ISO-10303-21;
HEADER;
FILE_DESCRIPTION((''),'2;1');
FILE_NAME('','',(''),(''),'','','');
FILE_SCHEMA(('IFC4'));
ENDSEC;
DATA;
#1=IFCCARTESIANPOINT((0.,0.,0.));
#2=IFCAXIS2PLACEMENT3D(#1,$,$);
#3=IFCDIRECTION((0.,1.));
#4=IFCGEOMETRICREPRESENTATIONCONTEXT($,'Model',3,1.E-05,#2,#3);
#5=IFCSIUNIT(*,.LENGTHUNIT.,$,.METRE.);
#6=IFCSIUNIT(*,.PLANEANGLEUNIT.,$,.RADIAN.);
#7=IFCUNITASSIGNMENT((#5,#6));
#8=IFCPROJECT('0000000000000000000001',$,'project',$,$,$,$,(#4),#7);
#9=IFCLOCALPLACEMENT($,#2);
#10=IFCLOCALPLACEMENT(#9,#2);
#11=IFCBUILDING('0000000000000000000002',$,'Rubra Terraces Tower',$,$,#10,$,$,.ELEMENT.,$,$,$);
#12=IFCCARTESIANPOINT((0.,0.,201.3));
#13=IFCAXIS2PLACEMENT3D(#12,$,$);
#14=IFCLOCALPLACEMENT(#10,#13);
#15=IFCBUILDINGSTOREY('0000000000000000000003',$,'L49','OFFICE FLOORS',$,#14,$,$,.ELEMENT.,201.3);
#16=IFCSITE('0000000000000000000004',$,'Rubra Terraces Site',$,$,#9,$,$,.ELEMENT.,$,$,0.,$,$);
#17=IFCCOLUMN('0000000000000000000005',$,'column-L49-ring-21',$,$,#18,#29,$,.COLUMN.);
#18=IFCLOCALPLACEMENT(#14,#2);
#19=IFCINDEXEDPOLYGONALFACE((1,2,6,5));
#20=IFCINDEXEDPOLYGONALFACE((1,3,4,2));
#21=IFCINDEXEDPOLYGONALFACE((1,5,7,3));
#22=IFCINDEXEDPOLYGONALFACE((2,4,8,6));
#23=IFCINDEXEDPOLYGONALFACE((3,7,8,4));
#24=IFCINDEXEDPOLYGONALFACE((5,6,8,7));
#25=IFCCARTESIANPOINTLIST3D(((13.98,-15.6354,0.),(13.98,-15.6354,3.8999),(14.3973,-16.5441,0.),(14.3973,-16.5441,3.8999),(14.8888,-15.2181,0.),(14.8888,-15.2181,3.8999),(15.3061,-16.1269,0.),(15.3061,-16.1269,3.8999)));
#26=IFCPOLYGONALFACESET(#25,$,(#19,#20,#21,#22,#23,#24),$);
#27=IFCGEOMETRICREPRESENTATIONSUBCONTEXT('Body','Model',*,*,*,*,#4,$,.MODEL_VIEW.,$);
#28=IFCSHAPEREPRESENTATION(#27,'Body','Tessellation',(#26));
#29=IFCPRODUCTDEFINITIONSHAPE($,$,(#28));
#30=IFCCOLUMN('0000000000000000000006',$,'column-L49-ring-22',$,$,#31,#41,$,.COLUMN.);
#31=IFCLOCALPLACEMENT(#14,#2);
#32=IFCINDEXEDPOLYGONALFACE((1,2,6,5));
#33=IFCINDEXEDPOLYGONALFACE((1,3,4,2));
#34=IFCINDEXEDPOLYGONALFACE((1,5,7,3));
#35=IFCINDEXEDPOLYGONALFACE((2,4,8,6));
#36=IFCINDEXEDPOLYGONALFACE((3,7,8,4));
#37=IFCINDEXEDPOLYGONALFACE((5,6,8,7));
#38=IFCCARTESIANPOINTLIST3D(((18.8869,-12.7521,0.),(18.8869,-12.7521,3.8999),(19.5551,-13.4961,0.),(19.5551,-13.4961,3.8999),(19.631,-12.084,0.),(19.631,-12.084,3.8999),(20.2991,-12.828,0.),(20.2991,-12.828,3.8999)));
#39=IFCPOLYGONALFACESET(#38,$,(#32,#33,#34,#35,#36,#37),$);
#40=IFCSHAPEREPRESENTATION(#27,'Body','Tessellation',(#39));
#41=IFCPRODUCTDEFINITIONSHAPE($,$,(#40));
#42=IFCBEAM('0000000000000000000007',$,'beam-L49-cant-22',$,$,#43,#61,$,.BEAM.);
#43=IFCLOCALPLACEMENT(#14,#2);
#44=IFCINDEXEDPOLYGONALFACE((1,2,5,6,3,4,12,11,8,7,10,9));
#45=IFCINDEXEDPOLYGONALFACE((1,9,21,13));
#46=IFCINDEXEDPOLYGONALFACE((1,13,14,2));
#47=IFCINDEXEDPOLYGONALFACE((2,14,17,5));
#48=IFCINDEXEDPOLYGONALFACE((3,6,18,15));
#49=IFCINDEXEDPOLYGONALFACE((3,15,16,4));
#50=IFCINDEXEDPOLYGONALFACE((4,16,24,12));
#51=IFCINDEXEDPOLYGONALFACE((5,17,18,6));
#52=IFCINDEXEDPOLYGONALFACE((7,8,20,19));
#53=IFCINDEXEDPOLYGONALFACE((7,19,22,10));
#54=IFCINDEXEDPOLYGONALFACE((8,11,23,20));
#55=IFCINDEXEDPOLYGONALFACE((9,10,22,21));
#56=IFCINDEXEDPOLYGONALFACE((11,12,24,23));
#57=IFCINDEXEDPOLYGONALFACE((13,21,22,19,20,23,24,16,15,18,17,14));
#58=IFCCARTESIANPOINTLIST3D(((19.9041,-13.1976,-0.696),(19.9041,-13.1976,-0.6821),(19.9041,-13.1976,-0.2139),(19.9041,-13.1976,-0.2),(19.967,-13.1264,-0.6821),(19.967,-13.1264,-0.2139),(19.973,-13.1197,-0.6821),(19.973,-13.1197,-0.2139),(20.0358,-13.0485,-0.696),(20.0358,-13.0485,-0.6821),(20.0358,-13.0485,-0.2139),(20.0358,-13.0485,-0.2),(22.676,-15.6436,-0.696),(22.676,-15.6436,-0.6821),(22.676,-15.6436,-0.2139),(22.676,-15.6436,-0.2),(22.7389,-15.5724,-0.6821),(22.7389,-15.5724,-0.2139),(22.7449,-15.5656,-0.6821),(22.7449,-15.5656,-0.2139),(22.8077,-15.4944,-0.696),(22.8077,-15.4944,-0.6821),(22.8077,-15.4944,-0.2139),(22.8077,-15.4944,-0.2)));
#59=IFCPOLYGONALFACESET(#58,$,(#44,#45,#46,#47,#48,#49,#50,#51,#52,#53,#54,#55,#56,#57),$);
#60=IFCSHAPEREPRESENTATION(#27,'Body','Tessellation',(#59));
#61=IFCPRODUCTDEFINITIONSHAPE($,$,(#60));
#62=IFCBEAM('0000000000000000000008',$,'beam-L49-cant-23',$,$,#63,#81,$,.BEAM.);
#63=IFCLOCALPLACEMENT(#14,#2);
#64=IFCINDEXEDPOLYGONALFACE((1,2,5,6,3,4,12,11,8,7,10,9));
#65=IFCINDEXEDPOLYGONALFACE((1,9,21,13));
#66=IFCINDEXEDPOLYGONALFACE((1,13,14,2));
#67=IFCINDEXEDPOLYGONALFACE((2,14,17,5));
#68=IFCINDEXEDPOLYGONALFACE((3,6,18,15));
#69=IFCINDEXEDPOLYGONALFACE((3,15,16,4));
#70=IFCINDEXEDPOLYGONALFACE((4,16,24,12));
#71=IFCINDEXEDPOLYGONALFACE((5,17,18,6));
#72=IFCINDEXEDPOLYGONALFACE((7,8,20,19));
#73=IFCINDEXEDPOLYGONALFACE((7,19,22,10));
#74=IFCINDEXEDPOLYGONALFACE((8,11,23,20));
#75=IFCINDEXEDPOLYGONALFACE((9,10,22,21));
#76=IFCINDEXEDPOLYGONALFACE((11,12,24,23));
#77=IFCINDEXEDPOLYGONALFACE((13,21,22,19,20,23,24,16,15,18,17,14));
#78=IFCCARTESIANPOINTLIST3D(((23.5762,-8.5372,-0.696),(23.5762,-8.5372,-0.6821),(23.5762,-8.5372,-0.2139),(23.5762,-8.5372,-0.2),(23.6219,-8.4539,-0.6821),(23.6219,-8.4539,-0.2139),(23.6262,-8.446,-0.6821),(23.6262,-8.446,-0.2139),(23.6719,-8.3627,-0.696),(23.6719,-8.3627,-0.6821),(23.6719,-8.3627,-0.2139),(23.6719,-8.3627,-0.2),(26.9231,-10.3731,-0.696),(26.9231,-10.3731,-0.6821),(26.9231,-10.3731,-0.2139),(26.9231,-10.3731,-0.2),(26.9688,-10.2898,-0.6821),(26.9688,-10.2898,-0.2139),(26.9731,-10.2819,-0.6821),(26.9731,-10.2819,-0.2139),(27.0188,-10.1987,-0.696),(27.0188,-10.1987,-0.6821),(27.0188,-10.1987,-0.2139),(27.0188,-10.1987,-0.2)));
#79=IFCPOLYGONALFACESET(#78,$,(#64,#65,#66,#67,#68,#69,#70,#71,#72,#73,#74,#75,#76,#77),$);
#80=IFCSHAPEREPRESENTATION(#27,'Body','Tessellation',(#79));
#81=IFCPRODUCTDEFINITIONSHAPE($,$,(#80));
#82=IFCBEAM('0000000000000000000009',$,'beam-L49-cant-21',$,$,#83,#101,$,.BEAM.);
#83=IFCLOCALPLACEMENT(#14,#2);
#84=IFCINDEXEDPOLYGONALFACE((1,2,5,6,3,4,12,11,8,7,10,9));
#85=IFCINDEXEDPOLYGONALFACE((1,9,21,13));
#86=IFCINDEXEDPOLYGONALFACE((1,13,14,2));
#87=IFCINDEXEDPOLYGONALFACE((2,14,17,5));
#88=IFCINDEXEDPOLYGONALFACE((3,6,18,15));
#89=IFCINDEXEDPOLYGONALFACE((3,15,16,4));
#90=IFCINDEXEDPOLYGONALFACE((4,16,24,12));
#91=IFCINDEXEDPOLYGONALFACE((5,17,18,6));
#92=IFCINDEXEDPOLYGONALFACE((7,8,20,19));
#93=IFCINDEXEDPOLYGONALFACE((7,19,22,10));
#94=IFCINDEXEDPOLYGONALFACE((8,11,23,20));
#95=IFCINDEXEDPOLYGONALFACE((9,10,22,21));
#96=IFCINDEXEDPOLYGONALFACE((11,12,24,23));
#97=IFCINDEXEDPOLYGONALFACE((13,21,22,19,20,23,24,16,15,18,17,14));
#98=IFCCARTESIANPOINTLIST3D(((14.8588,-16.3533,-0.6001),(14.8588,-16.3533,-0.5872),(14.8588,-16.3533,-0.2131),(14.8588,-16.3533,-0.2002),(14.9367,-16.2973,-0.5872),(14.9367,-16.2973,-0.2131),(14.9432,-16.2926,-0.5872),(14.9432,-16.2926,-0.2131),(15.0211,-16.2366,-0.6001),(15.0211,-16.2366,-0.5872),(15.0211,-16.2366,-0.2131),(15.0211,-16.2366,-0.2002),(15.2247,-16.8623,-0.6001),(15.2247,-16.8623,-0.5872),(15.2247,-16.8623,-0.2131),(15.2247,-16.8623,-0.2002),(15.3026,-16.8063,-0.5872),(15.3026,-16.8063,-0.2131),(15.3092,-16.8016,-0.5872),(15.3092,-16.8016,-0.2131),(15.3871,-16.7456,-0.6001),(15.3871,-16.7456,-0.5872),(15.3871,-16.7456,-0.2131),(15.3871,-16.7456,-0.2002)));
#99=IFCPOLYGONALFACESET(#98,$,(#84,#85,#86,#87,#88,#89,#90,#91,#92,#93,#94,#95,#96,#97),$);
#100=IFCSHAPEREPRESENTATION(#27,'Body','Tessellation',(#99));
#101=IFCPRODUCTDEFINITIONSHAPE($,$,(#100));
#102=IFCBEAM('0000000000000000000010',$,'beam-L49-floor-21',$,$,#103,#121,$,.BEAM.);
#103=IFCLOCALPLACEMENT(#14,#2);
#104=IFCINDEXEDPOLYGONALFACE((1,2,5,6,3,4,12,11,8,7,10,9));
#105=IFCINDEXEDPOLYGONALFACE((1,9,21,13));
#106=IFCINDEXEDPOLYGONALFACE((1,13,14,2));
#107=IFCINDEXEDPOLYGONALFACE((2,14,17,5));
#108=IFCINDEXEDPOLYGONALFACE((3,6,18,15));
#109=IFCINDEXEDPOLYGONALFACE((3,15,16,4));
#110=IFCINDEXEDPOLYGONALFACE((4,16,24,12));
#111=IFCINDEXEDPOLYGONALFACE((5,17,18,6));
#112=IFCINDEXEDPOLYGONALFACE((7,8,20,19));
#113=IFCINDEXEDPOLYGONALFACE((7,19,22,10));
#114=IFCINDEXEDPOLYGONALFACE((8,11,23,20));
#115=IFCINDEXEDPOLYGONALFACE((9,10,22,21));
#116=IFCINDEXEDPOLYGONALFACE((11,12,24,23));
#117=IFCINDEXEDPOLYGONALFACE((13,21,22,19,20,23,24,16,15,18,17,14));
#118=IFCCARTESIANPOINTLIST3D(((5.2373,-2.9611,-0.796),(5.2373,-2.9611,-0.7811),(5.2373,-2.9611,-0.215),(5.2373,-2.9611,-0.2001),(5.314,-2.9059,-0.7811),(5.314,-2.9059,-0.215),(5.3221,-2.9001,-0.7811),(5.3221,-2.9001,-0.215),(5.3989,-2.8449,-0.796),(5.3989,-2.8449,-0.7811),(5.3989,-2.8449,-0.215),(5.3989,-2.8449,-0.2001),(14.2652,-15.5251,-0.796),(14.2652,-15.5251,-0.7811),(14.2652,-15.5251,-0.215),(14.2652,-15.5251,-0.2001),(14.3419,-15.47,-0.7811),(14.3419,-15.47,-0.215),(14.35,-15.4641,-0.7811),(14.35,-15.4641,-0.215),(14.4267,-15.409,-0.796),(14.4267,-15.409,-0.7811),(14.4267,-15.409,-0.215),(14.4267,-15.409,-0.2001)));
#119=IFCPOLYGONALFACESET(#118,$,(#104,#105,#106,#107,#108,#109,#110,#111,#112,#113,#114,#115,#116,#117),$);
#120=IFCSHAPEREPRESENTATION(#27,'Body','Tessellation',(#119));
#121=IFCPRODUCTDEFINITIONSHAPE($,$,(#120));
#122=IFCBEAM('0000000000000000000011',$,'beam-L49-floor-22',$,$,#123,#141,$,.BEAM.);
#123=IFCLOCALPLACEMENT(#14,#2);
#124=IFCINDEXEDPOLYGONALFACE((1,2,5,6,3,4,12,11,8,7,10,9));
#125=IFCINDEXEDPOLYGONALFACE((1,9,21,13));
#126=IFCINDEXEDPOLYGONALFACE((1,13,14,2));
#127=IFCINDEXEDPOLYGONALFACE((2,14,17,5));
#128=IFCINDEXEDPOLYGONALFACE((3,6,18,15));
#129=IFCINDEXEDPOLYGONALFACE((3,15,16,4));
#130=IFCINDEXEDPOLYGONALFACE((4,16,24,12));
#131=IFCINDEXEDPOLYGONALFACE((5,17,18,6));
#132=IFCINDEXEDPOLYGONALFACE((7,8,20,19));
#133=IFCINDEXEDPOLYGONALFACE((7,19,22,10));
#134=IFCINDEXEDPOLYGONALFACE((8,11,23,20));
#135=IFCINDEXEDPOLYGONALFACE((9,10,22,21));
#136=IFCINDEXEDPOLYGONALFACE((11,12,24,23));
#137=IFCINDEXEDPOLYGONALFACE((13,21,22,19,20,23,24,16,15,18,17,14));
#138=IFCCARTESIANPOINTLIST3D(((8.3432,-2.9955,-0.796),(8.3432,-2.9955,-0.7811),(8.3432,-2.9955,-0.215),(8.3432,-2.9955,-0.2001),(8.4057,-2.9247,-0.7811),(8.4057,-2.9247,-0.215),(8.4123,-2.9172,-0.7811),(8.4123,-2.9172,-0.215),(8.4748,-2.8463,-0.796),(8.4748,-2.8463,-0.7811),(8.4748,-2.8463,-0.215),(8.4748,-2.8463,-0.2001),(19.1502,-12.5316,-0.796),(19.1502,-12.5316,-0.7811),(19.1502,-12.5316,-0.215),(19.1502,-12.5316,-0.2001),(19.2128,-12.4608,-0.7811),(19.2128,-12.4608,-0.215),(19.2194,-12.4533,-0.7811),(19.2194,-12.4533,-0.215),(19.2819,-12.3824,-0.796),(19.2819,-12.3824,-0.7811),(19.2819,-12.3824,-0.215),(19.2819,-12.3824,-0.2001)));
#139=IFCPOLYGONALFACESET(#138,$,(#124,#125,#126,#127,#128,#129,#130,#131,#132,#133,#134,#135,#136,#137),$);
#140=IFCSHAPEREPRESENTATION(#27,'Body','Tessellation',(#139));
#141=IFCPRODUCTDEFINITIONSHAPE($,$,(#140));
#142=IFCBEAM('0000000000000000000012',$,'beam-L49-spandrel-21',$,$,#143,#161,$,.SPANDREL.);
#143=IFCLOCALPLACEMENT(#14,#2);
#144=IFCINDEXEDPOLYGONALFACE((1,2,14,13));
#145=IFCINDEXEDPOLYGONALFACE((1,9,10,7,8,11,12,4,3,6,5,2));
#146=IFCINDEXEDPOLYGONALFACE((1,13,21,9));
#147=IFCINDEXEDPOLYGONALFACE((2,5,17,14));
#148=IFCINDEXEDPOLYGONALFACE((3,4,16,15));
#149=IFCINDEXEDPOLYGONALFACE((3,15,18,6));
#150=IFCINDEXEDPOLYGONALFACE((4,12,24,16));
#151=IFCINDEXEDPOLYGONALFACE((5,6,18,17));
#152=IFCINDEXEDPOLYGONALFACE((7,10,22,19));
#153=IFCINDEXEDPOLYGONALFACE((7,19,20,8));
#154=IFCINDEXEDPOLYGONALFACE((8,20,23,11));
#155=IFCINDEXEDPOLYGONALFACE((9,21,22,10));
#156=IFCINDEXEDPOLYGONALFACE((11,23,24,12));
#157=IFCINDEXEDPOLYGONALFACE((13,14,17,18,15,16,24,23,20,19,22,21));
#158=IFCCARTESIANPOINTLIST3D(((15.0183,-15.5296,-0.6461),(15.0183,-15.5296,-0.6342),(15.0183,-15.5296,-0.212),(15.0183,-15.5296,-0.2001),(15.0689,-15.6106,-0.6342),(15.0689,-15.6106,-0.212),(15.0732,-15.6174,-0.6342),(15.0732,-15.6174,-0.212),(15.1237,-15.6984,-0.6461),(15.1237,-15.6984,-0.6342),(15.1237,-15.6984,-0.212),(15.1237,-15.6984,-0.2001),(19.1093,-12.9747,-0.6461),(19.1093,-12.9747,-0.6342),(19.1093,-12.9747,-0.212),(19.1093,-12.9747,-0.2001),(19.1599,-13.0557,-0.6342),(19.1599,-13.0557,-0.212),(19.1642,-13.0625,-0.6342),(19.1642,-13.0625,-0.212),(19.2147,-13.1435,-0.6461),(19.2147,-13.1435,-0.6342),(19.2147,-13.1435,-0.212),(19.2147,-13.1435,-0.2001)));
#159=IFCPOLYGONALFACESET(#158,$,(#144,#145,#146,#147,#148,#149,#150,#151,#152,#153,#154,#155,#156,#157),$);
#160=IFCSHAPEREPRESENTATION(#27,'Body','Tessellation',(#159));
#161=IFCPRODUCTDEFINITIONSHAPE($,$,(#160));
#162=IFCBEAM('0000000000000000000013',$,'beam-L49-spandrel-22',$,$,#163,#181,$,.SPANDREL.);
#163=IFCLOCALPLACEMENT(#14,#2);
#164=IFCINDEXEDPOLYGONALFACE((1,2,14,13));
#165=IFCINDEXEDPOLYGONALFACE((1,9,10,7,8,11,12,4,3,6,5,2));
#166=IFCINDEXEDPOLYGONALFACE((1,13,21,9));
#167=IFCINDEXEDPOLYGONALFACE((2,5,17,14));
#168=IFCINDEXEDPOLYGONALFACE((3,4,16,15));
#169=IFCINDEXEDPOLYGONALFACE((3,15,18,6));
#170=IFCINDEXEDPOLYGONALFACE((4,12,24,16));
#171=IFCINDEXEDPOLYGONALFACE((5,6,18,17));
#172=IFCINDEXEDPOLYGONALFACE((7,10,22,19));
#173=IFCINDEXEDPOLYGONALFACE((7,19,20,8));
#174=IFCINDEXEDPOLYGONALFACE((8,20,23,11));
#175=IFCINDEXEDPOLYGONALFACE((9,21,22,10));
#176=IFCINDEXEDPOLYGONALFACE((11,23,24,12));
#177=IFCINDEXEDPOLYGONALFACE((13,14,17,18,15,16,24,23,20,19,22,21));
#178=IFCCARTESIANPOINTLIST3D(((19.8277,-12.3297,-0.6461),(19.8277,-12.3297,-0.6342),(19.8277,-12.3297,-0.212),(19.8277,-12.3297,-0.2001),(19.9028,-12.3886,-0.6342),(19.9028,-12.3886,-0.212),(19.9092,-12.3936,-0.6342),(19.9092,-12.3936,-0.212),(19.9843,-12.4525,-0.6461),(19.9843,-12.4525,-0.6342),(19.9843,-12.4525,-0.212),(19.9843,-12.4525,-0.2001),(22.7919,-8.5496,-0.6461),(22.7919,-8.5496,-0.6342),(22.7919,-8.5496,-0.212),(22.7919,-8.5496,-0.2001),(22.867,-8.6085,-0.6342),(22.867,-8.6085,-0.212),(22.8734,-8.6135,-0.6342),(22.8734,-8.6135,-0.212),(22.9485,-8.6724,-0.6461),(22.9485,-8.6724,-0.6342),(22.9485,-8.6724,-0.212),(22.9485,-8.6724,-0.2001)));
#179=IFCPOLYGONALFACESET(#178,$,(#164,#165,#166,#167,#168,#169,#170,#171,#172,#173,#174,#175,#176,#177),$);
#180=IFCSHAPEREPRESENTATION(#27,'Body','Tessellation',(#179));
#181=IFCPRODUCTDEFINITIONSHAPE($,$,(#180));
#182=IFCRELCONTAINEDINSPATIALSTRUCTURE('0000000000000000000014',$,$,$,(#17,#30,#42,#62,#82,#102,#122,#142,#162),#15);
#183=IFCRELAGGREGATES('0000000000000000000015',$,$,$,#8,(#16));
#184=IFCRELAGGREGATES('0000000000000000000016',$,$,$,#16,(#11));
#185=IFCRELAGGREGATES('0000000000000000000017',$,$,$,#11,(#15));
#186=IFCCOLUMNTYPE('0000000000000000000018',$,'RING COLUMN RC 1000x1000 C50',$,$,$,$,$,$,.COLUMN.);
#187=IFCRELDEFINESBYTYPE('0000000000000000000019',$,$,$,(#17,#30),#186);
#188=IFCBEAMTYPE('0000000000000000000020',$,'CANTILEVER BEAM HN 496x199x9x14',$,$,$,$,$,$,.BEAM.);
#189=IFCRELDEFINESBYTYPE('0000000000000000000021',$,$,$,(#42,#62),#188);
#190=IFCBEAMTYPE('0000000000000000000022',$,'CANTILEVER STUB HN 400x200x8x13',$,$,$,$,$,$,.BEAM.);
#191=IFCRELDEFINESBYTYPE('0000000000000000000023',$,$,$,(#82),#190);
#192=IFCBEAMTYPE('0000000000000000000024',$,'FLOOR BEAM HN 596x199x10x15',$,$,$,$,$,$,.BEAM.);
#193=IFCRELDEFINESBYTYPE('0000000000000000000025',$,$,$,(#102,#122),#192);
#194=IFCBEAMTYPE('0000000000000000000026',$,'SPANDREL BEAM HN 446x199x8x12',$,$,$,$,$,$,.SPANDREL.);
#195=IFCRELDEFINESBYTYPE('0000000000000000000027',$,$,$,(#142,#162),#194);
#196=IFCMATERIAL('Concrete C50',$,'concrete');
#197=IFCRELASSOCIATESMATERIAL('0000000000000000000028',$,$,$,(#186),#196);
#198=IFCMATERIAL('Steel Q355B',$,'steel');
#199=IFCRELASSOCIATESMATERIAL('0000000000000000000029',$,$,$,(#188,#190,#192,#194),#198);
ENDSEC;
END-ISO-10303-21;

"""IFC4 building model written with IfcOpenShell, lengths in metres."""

from ifc_helpers import new_model, si_unit, direction, frame, origin, origin_2d, place, context, subcontext, project, spatial, rectangle, i_section, extrude, material, material_profile, profile_set, type_object, element, save


model = new_model("IFC4")

# Units and contexts
model_context = context("Model", 3, precision=1e-05, world=origin(), true_north=direction((0.0, 1.0)))
body_context = subcontext(model_context, "Body", "Model", "MODEL_VIEW")
ifc_project = project(units=[si_unit("LENGTHUNIT", "METRE"), si_unit("PLANEANGLEUNIT", "RADIAN")], contexts=[model_context])

# Site, building, storey
site_placement = place(None, origin())
site = spatial("IfcSite", under=ifc_project, at=site_placement, Name="Rubra Terraces Site", CompositionType="ELEMENT", RefElevation=0.0)
building_placement = place(site_placement, origin())
building = spatial("IfcBuilding", under=site, at=building_placement, Name="Rubra Terraces Tower", CompositionType="ELEMENT")
storey_placement = place(building_placement, frame((0.0, 0.0, 201.3)))
storey = spatial("IfcBuildingStorey", under=building, at=storey_placement, Name="L49", Description="OFFICE FLOORS", CompositionType="ELEMENT", Elevation=201.3)

# Columns
ifc_material_1 = material(Name="Concrete C50", Category="concrete")
ifc_material_profile_1 = material_profile(ifc_material_1, rectangle(XDim=1.0, YDim=1.0, at=origin_2d()), Name="RC 1000x1000")
ifc_profile_set_1 = profile_set([ifc_material_profile_1], Name="Concrete C50")
column_type = type_object("IfcColumnType", Name="RING COLUMN RC 1000x1000 C50", PredefinedType="COLUMN", material=ifc_profile_set_1)
for number, where, z_axis, x_axis, name in (
    (1, (14.6431, -15.8811, 0.0), (0.0, 0.0, 1.0), (0.908779, 0.417279, 0.0), "column-L49-ring-21"),
    (2, (19.593, -12.79, 0.0), (0.0, 0.0, 1.0), (0.744021, 0.668156, 0.0), "column-L49-ring-22"),
):
    element("IfcColumn", number, at=place(storey_placement, frame(where, z_axis=z_axis, x_axis=x_axis)), inside=storey, type_object=column_type, Name=name, PredefinedType="COLUMN", context=body_context, shape_type="SweptSolid", body=[
        extrude(rectangle(XDim=1.0, YDim=1.0, at=origin_2d()), origin(), (0.0, 0.0, 1.0), 3.8999),
    ])

# Beams
ifc_material_2 = material(Name="Steel Q355B", Category="steel")
ifc_material_profile_2 = material_profile(ifc_material_2, i_section(OverallWidth=0.199, OverallDepth=0.4961, WebThickness=0.009, FlangeThickness=0.0139, at=origin_2d()), Name="HN 496x199x9x14")
ifc_profile_set_2 = profile_set([ifc_material_profile_2], Name="Steel Q355B")
beam_type_1 = type_object("IfcBeamType", Name="CANTILEVER BEAM HN 496x199x9x14", PredefinedType="BEAM", material=ifc_profile_set_2)
beam_1_placement = place(storey_placement, frame((19.97, -13.123, -0.448), z_axis=(0.749813, -0.66165, 0.0), x_axis=(0.66165, 0.749813, 0.0)))
element("IfcBeam", 3, at=beam_1_placement, inside=storey, type_object=beam_type_1, Name="beam-L49-cant-22", PredefinedType="BEAM", context=body_context, shape_type="SweptSolid", body=[
    extrude(i_section(OverallWidth=0.199, OverallDepth=0.4961, WebThickness=0.009, FlangeThickness=0.0139, at=origin_2d()), origin(), (0.0, 0.0, 1.0), 3.6968),
])
beam_2_placement = place(storey_placement, frame((23.624, -8.45, -0.448), z_axis=(0.876754, -0.480939, 0.0), x_axis=(0.480939, 0.876754, 0.0)))
element("IfcBeam", 4, at=beam_2_placement, inside=storey, type_object=beam_type_1, Name="beam-L49-cant-23", PredefinedType="BEAM", context=body_context, shape_type="SweptSolid", body=[
    extrude(i_section(OverallWidth=0.199, OverallDepth=0.4961, WebThickness=0.009, FlangeThickness=0.0139, at=origin_2d()), origin(), (0.0, 0.0, 1.0), 3.8174),
])
ifc_material_profile_3 = material_profile(ifc_material_2, i_section(OverallWidth=0.2, OverallDepth=0.3999, WebThickness=0.0081, FlangeThickness=0.0129, at=origin_2d()), Name="HN 400x200x8x13")
ifc_profile_set_3 = profile_set([ifc_material_profile_3], Name="Steel Q355B")
beam_type_2 = type_object("IfcBeamType", Name="CANTILEVER STUB HN 400x200x8x13", PredefinedType="BEAM", material=ifc_profile_set_3)
beam_3_placement = place(storey_placement, frame((14.9399, -16.2949, -0.4001), z_axis=(0.58374, -0.81194, 0.0), x_axis=(0.81194, 0.58374, 0.0)))
element("IfcBeam", 5, at=beam_3_placement, inside=storey, type_object=beam_type_2, Name="beam-L49-cant-21", PredefinedType="BEAM", context=body_context, shape_type="SweptSolid", body=[
    extrude(i_section(OverallWidth=0.2, OverallDepth=0.3999, WebThickness=0.0081, FlangeThickness=0.0129, at=origin_2d()), origin(), (0.0, 0.0, 1.0), 0.627),
])
ifc_material_profile_4 = material_profile(ifc_material_2, i_section(OverallWidth=0.199, OverallDepth=0.5959, WebThickness=0.01, FlangeThickness=0.0149, at=origin_2d()), Name="HN 596x199x10x15")
ifc_profile_set_4 = profile_set([ifc_material_profile_4], Name="Steel Q355B")
beam_type_3 = type_object("IfcBeamType", Name="FLOOR BEAM HN 596x199x10x15", PredefinedType="BEAM", material=ifc_profile_set_4)
beam_4_placement = place(storey_placement, frame((14.3459, -15.467, -0.498), z_axis=(-0.583529, 0.812092, 0.0), x_axis=(-0.812092, -0.583529, 0.0)))
element("IfcBeam", 6, at=beam_4_placement, inside=storey, type_object=beam_type_3, Name="beam-L49-floor-21", PredefinedType="BEAM", context=body_context, shape_type="SweptSolid", body=[
    extrude(i_section(OverallWidth=0.199, OverallDepth=0.5959, WebThickness=0.01, FlangeThickness=0.0149, at=origin_2d()), origin(), (0.0, 0.0, 1.0), 15.4712),
])
beam_5_placement = place(storey_placement, frame((19.2161, -12.457, -0.498), z_axis=(-0.749823, 0.661638, 0.0), x_axis=(-0.661638, -0.749823, 0.0)))
element("IfcBeam", 7, at=beam_5_placement, inside=storey, type_object=beam_type_3, Name="beam-L49-floor-22", PredefinedType="BEAM", context=body_context, shape_type="SweptSolid", body=[
    extrude(i_section(OverallWidth=0.199, OverallDepth=0.5959, WebThickness=0.01, FlangeThickness=0.0149, at=origin_2d()), origin(), (0.0, 0.0, 1.0), 14.4128),
])
ifc_material_profile_5 = material_profile(ifc_material_2, i_section(OverallWidth=0.199, OverallDepth=0.446, WebThickness=0.0081, FlangeThickness=0.012, at=origin_2d()), Name="HN 446x199x8x12")
ifc_profile_set_5 = profile_set([ifc_material_profile_5], Name="Steel Q355B")
beam_type_4 = type_object("IfcBeamType", Name="SPANDREL BEAM HN 446x199x8x12", PredefinedType="SPANDREL", material=ifc_profile_set_5)
beam_6_placement = place(storey_placement, frame((15.071, -15.614, -0.4231), z_axis=(0.848183, 0.529703, 0.0), x_axis=(-0.529703, 0.848183, 0.0)))
element("IfcBeam", 8, at=beam_6_placement, inside=storey, type_object=beam_type_4, Name="beam-L49-spandrel-21", PredefinedType="SPANDREL", context=body_context, shape_type="SweptSolid", body=[
    extrude(i_section(OverallWidth=0.199, OverallDepth=0.446, WebThickness=0.0081, FlangeThickness=0.012, at=origin_2d()), origin(), (0.0, 0.0, 1.0), 4.8232),
])
beam_7_placement = place(storey_placement, frame((19.906, -12.3911, -0.4231), z_axis=(0.61706, 0.786916, 0.0), x_axis=(-0.786916, 0.61706, 0.0)))
element("IfcBeam", 9, at=beam_7_placement, inside=storey, type_object=beam_type_4, Name="beam-L49-spandrel-22", PredefinedType="SPANDREL", context=body_context, shape_type="SweptSolid", body=[
    extrude(i_section(OverallWidth=0.199, OverallDepth=0.446, WebThickness=0.0081, FlangeThickness=0.012, at=origin_2d()), origin(), (0.0, 0.0, 1.0), 4.8037),
])

save(model, "model.ifc")
